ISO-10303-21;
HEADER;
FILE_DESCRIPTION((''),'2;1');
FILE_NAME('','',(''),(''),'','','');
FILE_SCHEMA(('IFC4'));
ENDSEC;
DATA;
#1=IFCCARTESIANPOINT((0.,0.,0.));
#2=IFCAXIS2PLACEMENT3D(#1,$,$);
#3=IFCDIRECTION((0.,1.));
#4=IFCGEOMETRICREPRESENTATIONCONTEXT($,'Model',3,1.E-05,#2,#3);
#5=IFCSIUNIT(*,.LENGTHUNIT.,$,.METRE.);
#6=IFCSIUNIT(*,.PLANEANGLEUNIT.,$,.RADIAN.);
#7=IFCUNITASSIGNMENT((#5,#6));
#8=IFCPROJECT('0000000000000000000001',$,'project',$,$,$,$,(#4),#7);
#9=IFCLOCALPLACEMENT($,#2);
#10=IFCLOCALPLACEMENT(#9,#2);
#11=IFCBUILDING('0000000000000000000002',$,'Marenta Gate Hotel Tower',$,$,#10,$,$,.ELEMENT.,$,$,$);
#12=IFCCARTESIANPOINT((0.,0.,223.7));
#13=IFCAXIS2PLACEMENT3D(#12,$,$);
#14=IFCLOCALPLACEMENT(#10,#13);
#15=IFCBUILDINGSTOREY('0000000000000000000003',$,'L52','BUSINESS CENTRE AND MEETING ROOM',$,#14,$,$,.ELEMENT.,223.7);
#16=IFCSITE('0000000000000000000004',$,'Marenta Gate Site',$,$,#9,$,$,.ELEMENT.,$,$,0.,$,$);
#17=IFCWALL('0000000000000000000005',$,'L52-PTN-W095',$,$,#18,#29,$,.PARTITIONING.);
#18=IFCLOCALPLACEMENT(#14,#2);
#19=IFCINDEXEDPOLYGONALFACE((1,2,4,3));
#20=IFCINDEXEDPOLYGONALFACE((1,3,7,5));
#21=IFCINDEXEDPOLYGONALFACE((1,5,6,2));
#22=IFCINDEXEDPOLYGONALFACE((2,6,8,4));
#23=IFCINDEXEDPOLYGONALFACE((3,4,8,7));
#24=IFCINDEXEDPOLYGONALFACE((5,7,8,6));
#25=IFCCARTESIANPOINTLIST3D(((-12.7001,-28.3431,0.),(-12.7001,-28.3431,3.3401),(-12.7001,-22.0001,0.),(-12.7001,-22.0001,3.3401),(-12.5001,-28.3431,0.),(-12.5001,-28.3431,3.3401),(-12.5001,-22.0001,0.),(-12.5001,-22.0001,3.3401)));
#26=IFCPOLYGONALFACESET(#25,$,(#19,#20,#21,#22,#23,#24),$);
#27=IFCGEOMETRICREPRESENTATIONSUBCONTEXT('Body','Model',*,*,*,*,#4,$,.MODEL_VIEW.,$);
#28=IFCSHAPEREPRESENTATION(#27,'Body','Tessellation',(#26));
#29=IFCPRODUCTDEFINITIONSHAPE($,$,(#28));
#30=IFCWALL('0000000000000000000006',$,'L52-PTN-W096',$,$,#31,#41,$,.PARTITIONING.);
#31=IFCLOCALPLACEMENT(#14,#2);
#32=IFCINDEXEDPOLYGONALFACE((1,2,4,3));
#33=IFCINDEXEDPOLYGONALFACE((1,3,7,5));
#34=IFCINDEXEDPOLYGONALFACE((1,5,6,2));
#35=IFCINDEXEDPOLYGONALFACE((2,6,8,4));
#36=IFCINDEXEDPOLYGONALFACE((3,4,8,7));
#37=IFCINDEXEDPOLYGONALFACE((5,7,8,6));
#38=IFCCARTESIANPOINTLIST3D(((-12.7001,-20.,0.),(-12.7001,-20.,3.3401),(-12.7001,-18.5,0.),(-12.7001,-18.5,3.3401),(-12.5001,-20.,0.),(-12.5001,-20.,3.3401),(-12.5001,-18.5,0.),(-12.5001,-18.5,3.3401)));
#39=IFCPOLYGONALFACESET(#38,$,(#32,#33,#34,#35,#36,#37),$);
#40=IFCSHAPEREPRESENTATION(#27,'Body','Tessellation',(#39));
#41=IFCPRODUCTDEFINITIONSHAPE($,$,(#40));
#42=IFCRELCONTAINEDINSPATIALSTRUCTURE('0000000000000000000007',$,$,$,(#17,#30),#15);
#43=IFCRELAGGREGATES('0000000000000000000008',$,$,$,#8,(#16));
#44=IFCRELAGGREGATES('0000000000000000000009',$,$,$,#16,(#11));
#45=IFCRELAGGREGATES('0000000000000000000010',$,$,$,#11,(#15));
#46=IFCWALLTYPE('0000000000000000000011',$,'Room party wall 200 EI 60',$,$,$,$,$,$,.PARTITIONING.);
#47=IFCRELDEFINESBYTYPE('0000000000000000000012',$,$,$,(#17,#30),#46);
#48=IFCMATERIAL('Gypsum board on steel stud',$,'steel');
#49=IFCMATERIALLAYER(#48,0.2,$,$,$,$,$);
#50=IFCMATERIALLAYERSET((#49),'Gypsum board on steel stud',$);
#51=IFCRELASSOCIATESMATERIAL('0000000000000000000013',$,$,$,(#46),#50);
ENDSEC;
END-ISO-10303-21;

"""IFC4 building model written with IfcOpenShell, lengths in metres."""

from ifc_helpers import new_model, si_unit, direction, frame, frame_2d, origin, place, context, subcontext, project, spatial, rectangle, extrude, material, layer, layer_set, type_object, element, save


model = new_model("IFC4")

# Units and contexts
model_context = context("Model", 3, precision=1e-05, world=origin(), true_north=direction((0.0, 1.0)))
body_context = subcontext(model_context, "Body", "Model", "MODEL_VIEW")
ifc_project = project(units=[si_unit("LENGTHUNIT", "METRE"), si_unit("PLANEANGLEUNIT", "RADIAN")], contexts=[model_context])

# Site, building, storey
site_placement = place(None, origin())
site = spatial("IfcSite", under=ifc_project, at=site_placement, Name="Marenta Gate Site", CompositionType="ELEMENT", RefElevation=0.0)
building_placement = place(site_placement, origin())
building = spatial("IfcBuilding", under=site, at=building_placement, Name="Marenta Gate Hotel Tower", CompositionType="ELEMENT")
storey_placement = place(building_placement, frame((0.0, 0.0, 223.7)))
storey = spatial("IfcBuildingStorey", under=building, at=storey_placement, Name="L52", Description="BUSINESS CENTRE AND MEETING ROOM", CompositionType="ELEMENT", Elevation=223.7)

# Walls
ifc_material_1 = material(Name="Gypsum board on steel stud", Category="steel")
ifc_layer_1 = layer(ifc_material_1, 0.2)
ifc_layer_set_1 = layer_set([ifc_layer_1], Name="Gypsum board on steel stud")
wall_type_1 = type_object("IfcWallType", Name="Room party wall 200 EI 60", PredefinedType="PARTITIONING", material=ifc_layer_set_1)
wall_1_placement = place(storey_placement, frame((-12.6001, -28.343, 0.0), z_axis=(0.0, 0.0, 1.0), x_axis=(0.0, 1.0, 0.0)))
element("IfcWall", 1, at=wall_1_placement, inside=storey, type_object=wall_type_1, Name="L52-PTN-W095", PredefinedType="PARTITIONING", context=body_context, shape_type="SweptSolid", body=[
    extrude(rectangle(XDim=6.343, YDim=0.2, at=frame_2d((3.1714, 0.0))), origin(), (0.0, 0.0, 1.0), 3.3401),
])
wall_2_placement = place(storey_placement, frame((-12.6001, -20.0, 0.0), z_axis=(0.0, 0.0, 1.0), x_axis=(0.0, 1.0, 0.0)))
element("IfcWall", 2, at=wall_2_placement, inside=storey, type_object=wall_type_1, Name="L52-PTN-W096", PredefinedType="PARTITIONING", context=body_context, shape_type="SweptSolid", body=[
    extrude(rectangle(XDim=1.5, YDim=0.2, at=frame_2d((0.75, 0.0))), origin(), (0.0, 0.0, 1.0), 3.3401),
])

save(model, "model.ifc")
